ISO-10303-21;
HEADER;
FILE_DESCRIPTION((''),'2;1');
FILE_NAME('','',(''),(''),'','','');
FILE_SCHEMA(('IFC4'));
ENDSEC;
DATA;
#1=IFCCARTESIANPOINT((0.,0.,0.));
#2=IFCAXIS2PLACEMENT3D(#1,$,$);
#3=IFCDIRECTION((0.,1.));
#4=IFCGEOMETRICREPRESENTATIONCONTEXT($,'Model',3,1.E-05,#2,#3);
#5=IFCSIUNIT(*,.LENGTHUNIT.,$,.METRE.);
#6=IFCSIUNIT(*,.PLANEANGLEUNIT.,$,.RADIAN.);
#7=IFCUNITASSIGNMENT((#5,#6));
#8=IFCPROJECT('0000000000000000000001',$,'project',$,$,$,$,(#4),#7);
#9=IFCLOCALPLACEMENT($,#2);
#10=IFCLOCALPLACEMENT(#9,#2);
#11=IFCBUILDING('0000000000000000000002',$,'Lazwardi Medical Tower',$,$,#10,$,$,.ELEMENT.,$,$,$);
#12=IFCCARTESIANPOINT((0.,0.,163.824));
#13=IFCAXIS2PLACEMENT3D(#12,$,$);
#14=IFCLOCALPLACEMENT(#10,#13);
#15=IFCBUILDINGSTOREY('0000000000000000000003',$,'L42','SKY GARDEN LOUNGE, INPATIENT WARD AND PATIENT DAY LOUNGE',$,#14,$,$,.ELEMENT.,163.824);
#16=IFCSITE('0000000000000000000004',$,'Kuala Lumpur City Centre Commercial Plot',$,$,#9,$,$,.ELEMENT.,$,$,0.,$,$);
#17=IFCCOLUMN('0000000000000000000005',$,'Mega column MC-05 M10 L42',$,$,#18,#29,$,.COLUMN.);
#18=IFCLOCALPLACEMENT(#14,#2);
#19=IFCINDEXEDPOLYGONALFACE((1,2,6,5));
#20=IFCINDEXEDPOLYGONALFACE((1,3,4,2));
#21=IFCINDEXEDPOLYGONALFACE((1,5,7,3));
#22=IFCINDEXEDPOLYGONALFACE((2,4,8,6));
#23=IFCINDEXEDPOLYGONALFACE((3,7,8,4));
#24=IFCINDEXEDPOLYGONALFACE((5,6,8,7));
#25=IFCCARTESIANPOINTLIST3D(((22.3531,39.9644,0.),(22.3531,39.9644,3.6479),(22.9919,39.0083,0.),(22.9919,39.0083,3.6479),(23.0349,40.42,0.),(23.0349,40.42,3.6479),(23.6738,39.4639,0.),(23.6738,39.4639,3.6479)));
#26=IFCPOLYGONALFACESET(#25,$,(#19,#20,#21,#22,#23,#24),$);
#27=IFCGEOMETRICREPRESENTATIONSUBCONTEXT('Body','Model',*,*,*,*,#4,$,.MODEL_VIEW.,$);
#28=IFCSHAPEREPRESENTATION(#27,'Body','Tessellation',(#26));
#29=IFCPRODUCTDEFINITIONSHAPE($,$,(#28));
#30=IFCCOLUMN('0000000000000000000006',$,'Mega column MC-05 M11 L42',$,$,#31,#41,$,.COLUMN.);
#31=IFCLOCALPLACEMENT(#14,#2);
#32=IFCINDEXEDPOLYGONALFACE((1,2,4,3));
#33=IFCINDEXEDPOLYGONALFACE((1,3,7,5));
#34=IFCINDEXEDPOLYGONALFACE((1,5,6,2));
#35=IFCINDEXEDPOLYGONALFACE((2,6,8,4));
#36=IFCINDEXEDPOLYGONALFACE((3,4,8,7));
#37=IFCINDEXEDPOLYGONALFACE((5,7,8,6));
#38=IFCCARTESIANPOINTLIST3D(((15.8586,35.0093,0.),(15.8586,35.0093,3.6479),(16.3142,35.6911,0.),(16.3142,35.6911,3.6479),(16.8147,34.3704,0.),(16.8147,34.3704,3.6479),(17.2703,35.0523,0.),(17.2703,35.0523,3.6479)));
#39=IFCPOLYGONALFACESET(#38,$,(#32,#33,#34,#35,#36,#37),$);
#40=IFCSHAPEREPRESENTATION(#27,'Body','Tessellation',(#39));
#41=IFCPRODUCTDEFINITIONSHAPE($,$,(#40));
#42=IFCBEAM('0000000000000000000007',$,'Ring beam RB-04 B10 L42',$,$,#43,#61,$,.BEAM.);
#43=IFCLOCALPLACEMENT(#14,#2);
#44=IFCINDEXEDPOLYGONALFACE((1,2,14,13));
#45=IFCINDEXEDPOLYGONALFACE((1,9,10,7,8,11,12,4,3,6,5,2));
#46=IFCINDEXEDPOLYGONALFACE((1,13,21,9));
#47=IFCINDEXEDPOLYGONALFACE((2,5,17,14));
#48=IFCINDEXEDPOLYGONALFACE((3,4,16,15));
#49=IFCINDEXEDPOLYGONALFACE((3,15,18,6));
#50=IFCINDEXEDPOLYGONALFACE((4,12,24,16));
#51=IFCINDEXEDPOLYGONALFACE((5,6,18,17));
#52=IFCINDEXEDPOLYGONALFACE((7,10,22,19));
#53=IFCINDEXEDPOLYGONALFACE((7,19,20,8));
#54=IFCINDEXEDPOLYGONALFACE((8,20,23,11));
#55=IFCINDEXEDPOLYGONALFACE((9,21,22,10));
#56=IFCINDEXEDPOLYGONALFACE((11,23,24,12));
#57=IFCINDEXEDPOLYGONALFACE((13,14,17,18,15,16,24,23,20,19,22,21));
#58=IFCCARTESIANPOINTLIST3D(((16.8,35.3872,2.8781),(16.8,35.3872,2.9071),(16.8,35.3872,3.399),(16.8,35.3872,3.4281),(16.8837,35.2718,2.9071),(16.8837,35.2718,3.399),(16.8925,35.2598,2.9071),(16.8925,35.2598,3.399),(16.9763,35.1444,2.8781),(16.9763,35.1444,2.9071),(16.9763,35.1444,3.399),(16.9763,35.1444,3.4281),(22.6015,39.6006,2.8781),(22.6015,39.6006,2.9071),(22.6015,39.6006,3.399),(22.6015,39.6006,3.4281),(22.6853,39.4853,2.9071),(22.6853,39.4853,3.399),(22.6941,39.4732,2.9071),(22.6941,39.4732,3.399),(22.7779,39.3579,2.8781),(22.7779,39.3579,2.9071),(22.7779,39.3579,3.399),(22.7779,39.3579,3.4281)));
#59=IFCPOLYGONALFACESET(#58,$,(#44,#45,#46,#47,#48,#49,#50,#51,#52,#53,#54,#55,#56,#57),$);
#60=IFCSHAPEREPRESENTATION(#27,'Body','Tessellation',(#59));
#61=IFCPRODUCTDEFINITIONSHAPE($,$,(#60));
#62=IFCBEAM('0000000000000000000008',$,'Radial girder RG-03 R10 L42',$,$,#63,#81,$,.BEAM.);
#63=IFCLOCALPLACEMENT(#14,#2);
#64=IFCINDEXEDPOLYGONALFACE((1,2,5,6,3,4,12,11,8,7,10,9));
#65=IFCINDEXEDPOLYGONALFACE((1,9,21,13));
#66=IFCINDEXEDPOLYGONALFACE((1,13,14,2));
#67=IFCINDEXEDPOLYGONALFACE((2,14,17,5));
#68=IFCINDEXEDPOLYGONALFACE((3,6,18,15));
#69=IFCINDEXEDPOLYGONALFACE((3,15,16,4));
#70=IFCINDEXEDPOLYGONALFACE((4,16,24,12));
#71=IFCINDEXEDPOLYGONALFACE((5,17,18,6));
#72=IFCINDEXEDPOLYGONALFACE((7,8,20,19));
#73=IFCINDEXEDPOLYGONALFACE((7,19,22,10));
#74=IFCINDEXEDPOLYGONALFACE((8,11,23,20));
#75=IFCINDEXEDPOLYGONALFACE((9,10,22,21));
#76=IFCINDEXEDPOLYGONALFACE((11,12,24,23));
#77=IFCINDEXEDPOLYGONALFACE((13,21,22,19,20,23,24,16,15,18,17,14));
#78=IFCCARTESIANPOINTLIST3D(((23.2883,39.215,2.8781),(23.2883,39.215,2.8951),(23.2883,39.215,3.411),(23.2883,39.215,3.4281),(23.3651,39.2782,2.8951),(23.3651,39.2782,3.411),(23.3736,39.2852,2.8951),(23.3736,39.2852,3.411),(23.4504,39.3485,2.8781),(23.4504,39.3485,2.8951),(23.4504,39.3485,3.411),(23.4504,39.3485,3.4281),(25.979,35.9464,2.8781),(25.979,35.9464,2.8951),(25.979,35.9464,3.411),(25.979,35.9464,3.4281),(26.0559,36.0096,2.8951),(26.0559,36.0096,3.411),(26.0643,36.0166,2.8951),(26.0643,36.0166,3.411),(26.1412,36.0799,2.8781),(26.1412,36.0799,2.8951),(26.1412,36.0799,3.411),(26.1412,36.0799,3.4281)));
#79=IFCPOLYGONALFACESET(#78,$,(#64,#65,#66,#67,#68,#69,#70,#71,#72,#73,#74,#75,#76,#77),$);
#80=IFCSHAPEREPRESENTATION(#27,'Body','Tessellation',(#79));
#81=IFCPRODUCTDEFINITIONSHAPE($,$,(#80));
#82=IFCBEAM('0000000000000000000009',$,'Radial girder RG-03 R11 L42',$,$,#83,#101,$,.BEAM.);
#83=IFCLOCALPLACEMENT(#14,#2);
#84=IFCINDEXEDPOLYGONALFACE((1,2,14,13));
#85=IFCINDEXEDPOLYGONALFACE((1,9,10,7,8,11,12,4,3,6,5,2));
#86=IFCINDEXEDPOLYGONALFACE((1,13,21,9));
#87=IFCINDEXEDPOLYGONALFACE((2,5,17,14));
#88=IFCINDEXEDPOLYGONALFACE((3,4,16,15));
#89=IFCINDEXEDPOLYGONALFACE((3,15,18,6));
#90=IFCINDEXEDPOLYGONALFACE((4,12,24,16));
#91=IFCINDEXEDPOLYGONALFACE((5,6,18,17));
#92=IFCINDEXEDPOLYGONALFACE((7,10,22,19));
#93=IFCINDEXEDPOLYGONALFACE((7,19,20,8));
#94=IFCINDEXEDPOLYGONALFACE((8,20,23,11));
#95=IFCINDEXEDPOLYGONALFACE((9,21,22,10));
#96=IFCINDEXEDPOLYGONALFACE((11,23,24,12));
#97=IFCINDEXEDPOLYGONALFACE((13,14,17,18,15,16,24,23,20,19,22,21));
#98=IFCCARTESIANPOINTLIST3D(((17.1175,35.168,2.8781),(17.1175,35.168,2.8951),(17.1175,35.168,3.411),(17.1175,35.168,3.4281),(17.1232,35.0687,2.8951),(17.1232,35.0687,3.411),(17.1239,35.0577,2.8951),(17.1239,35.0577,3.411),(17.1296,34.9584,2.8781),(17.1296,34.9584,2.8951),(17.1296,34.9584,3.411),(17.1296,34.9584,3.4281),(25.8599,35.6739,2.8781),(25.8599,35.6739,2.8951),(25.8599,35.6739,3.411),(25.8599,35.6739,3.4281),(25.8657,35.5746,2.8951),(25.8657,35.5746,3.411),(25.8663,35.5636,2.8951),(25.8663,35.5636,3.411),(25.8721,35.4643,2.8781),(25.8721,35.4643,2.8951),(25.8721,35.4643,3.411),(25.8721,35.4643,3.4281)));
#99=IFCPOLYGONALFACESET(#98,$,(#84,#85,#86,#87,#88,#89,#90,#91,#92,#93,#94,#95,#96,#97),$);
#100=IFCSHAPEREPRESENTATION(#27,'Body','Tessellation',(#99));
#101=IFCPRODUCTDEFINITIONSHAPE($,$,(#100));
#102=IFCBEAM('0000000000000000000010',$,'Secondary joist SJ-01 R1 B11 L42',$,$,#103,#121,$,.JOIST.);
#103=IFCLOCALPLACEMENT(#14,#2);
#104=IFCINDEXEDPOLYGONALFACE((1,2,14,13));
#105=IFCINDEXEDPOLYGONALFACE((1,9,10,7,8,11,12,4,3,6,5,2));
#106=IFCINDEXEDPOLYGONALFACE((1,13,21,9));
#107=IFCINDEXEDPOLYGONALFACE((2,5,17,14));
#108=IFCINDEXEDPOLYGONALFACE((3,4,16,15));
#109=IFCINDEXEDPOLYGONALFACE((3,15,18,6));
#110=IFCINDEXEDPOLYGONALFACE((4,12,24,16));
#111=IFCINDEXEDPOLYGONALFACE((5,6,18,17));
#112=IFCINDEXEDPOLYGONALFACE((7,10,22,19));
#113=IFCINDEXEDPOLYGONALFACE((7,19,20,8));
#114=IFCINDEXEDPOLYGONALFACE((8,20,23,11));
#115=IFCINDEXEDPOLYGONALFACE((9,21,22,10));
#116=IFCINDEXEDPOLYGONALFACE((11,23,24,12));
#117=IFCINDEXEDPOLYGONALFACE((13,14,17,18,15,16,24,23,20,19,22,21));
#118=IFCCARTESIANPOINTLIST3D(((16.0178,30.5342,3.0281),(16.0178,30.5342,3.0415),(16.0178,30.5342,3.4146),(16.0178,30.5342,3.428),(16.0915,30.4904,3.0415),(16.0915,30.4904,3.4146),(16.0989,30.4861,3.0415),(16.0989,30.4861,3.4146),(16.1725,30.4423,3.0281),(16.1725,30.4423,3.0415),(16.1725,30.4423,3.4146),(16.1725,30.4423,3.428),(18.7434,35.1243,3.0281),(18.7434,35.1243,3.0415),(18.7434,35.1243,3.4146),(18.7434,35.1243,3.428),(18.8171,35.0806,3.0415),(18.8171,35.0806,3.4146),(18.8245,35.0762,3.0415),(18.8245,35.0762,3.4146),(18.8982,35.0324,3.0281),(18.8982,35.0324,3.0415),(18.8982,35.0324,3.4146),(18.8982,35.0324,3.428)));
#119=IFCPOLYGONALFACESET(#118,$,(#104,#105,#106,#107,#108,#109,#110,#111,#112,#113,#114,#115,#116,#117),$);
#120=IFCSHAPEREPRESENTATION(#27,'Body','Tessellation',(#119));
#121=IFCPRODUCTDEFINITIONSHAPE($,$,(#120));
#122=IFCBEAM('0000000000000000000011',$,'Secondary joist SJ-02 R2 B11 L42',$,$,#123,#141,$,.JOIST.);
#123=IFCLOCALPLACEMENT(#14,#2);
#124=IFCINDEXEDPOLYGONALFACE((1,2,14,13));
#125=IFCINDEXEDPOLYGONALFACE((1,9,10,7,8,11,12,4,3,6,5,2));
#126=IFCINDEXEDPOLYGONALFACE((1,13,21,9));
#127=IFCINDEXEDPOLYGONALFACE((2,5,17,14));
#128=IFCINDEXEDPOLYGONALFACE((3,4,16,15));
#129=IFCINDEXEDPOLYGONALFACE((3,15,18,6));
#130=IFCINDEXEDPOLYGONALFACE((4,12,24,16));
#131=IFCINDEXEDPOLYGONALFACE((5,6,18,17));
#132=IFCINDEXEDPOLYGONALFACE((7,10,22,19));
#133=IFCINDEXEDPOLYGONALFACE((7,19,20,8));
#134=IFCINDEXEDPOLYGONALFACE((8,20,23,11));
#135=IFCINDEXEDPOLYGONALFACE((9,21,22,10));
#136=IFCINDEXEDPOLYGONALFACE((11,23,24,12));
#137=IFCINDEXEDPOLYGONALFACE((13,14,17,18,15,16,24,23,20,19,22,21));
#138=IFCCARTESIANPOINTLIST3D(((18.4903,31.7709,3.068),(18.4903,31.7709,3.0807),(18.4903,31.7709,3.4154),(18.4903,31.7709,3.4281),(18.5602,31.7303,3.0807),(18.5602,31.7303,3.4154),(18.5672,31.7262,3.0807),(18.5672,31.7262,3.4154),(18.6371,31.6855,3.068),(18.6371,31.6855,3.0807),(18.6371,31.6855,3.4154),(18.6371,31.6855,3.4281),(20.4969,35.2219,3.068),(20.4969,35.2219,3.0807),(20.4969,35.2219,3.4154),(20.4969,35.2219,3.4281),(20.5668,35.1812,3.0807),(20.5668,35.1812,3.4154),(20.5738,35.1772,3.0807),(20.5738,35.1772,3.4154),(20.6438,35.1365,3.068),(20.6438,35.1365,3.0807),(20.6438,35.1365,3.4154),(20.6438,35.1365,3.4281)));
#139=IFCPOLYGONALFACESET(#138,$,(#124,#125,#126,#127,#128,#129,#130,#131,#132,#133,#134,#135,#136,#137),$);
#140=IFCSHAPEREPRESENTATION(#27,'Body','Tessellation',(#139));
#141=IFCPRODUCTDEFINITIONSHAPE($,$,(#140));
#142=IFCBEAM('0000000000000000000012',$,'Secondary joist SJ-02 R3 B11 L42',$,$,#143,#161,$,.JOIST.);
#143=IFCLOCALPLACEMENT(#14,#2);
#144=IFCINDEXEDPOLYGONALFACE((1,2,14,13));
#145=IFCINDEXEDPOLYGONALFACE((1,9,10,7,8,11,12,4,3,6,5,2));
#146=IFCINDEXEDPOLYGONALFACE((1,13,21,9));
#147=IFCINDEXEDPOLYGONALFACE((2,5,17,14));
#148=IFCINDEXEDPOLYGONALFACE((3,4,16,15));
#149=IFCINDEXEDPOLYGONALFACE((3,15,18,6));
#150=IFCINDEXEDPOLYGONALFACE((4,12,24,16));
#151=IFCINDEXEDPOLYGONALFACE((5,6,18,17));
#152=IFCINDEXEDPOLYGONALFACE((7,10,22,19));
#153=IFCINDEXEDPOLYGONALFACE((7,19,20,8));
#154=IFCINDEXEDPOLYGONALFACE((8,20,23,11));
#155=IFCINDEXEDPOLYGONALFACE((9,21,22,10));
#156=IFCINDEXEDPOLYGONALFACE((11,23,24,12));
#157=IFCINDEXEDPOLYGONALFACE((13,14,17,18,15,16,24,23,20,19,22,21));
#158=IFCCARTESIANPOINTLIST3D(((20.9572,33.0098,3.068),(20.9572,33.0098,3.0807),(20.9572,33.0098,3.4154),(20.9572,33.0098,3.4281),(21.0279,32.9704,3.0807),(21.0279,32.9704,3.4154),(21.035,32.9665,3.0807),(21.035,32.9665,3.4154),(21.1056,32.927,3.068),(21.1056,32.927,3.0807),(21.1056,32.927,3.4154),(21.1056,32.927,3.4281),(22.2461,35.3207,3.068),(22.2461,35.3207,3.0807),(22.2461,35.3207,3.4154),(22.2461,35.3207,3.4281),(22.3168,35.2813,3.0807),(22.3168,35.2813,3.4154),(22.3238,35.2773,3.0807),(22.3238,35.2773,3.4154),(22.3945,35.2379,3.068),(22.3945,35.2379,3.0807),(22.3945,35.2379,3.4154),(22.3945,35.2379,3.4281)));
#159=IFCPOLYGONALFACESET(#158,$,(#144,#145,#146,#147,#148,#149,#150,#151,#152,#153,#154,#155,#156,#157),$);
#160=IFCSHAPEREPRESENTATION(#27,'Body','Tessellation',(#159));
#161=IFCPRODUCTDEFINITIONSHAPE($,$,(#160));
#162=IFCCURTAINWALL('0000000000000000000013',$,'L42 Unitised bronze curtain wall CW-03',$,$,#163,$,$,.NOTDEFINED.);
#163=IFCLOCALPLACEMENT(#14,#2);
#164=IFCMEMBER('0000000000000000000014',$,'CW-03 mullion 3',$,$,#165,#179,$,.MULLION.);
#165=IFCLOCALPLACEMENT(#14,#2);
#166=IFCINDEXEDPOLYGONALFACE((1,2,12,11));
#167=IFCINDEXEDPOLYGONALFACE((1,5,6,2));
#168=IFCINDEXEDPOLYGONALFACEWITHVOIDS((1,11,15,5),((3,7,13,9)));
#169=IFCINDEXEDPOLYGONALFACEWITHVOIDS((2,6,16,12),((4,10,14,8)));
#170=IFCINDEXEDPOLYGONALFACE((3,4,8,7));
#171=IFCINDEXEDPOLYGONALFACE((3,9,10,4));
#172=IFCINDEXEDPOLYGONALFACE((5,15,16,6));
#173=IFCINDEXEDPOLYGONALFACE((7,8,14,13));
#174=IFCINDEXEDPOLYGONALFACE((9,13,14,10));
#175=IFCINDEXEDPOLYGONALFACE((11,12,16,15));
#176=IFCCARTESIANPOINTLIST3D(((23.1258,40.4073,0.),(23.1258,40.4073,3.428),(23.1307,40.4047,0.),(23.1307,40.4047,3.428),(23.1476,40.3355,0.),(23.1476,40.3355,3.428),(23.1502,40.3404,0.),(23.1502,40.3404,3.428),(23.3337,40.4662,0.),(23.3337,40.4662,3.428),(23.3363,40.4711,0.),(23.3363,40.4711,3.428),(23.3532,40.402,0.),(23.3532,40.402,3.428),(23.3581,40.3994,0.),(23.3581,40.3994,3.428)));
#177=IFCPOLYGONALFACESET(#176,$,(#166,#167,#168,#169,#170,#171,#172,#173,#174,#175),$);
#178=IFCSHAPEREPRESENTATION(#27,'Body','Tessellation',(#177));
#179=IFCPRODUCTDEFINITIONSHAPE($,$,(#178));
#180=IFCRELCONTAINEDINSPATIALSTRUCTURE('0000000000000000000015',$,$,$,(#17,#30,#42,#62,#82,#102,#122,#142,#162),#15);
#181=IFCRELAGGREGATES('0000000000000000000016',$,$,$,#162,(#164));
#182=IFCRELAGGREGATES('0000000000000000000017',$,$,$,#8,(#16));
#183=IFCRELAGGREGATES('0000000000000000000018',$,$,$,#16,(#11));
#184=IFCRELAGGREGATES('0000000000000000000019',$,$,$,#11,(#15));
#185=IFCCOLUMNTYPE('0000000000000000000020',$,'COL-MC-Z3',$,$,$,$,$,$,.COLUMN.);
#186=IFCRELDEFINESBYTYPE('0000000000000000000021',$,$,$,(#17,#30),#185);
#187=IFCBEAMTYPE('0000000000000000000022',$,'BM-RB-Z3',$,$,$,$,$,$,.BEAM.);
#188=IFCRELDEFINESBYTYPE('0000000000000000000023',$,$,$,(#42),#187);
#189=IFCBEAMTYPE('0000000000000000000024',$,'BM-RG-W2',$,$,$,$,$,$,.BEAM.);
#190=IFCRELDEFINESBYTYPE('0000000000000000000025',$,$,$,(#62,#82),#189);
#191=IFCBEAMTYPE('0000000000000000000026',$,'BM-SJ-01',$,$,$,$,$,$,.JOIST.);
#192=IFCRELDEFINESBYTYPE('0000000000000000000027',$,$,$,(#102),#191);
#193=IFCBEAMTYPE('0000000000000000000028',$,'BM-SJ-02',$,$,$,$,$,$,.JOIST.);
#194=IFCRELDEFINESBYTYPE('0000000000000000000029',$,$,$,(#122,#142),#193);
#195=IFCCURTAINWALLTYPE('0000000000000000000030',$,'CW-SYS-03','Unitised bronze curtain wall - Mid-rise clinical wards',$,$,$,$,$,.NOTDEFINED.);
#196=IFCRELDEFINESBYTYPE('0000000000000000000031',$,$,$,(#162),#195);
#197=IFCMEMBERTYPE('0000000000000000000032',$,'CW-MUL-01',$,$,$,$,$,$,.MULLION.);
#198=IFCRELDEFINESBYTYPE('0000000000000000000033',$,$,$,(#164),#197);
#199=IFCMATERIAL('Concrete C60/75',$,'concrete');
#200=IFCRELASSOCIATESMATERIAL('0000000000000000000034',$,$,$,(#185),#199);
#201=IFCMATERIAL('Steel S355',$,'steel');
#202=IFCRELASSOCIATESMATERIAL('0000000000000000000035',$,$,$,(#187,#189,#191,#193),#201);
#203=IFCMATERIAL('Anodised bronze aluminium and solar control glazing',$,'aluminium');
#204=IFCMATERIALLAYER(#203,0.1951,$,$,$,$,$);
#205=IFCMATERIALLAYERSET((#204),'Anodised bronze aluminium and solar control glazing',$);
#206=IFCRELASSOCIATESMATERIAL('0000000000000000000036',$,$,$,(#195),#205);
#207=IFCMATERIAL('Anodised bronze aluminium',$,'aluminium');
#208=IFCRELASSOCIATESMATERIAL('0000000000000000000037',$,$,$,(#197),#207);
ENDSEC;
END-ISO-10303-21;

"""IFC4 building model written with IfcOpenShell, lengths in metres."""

from ifc_helpers import new_model, si_unit, direction, frame, origin, origin_2d, place, context, subcontext, project, spatial, rectangle, hollow_rectangle, i_section, extrude, material, layer, layer_set, material_profile, profile_set, type_object, element, aggregate, save


model = new_model("IFC4")

# Units and contexts
model_context = context("Model", 3, precision=1e-05, world=origin(), true_north=direction((0.0, 1.0)))
body_context = subcontext(model_context, "Body", "Model", "MODEL_VIEW")
ifc_project = project(units=[si_unit("LENGTHUNIT", "METRE"), si_unit("PLANEANGLEUNIT", "RADIAN")], contexts=[model_context])

# Site, building, storey
site_placement = place(None, origin())
site = spatial("IfcSite", under=ifc_project, at=site_placement, Name="Kuala Lumpur City Centre Commercial Plot", CompositionType="ELEMENT", RefElevation=0.0)
building_placement = place(site_placement, origin())
building = spatial("IfcBuilding", under=site, at=building_placement, Name="Lazwardi Medical Tower", CompositionType="ELEMENT")
storey_placement = place(building_placement, frame((0.0, 0.0, 163.824)))
storey = spatial("IfcBuildingStorey", under=building, at=storey_placement, Name="L42", Description="SKY GARDEN LOUNGE, INPATIENT WARD AND PATIENT DAY LOUNGE", CompositionType="ELEMENT", Elevation=163.824)

# Columns
ifc_material_1 = material(Name="Concrete C60/75", Category="concrete")
ifc_material_profile_1 = material_profile(ifc_material_1, rectangle(XDim=1.1499, YDim=0.8201, at=origin_2d()), Name="CFT-RECT 1150x820")
ifc_profile_set_1 = profile_set([ifc_material_profile_1], Name="Concrete C60/75")
column_type = type_object("IfcColumnType", Name="COL-MC-Z3", PredefinedType="COLUMN", material=ifc_profile_set_1)
for number, where, z_axis, x_axis, name in (
    (1, (23.0134, 39.7141, 0.0), (0.0, 0.0, 1.0), (-0.55557, 0.83147, 0.0), "Mega column MC-05 M10 L42"),
    (2, (16.5645, 35.0308, 0.0), (0.0, 0.0, 1.0), (-0.83147, 0.55557, 0.0), "Mega column MC-05 M11 L42"),
):
    element("IfcColumn", number, at=place(storey_placement, frame(where, z_axis=z_axis, x_axis=x_axis)), inside=storey, type_object=column_type, Name=name, PredefinedType="COLUMN", context=body_context, shape_type="SweptSolid", body=[
        extrude(rectangle(XDim=1.1499, YDim=0.8201, at=origin_2d()), origin(), (0.0, 0.0, 1.0), 3.6479),
    ])

# Beams
ifc_material_2 = material(Name="Steel S355", Category="steel")
ifc_material_profile_2 = material_profile(ifc_material_2, i_section(OverallWidth=0.3, OverallDepth=0.55, WebThickness=0.0149, FlangeThickness=0.0291, at=origin_2d()), Name="HEB 550")
ifc_profile_set_2 = profile_set([ifc_material_profile_2], Name="Steel S355")
beam_type_1 = type_object("IfcBeamType", Name="BM-RB-Z3", PredefinedType="BEAM", material=ifc_profile_set_2)
beam_1_placement = place(storey_placement, frame((22.6897, 39.4792, 3.1531), z_axis=(-0.809128, -0.587633, 0.0), x_axis=(0.587633, -0.809128, 0.0)))
element("IfcBeam", 3, at=beam_1_placement, inside=storey, type_object=beam_type_1, Name="Ring beam RB-04 B10 L42", PredefinedType="BEAM", context=body_context, shape_type="SweptSolid", body=[
    extrude(i_section(OverallWidth=0.3, OverallDepth=0.55, WebThickness=0.0149, FlangeThickness=0.0291, at=origin_2d()), origin(), (0.0, 0.0, 1.0), 7.1702),
])
ifc_material_profile_3 = material_profile(ifc_material_2, i_section(OverallWidth=0.21, OverallDepth=0.55, WebThickness=0.011, FlangeThickness=0.0171, at=origin_2d()), Name="IPE 550")
ifc_profile_set_3 = profile_set([ifc_material_profile_3], Name="Steel S355")
beam_type_2 = type_object("IfcBeamType", Name="BM-RG-W2", PredefinedType="BEAM", material=ifc_profile_set_3)
beam_2_placement = place(storey_placement, frame((23.3694, 39.2817, 3.1531), z_axis=(0.635556, -0.772055, 0.0), x_axis=(0.772055, 0.635556, 0.0)))
element("IfcBeam", 4, at=beam_2_placement, inside=storey, type_object=beam_type_2, Name="Radial girder RG-03 R10 L42", PredefinedType="BEAM", context=body_context, shape_type="SweptSolid", body=[
    extrude(i_section(OverallWidth=0.21, OverallDepth=0.55, WebThickness=0.011, FlangeThickness=0.0171, at=origin_2d()), origin(), (0.0, 0.0, 1.0), 4.2336),
])
beam_3_placement = place(storey_placement, frame((17.1235, 35.0632, 3.1531), z_axis=(0.99833, 0.057766, 0.0), x_axis=(-0.057766, 0.99833, 0.0)))
element("IfcBeam", 5, at=beam_3_placement, inside=storey, type_object=beam_type_2, Name="Radial girder RG-03 R11 L42", PredefinedType="BEAM", context=body_context, shape_type="SweptSolid", body=[
    extrude(i_section(OverallWidth=0.21, OverallDepth=0.55, WebThickness=0.011, FlangeThickness=0.0171, at=origin_2d()), origin(), (0.0, 0.0, 1.0), 8.7571),
])
ifc_material_profile_4 = material_profile(ifc_material_2, i_section(OverallWidth=0.1799, OverallDepth=0.3999, WebThickness=0.0085, FlangeThickness=0.0134, at=origin_2d()), Name="IPE 400")
ifc_profile_set_4 = profile_set([ifc_material_profile_4], Name="Steel S355")
beam_type_3 = type_object("IfcBeamType", Name="BM-SJ-01", PredefinedType="JOIST", material=ifc_profile_set_4)
beam_4_placement = place(storey_placement, frame((18.8208, 35.0784, 3.228), z_axis=(-0.510569, -0.859837, 0.0), x_axis=(0.859837, -0.510569, 0.0)))
element("IfcBeam", 6, at=beam_4_placement, inside=storey, type_object=beam_type_3, Name="Secondary joist SJ-01 R1 B11 L42", PredefinedType="JOIST", context=body_context, shape_type="SweptSolid", body=[
    extrude(i_section(OverallWidth=0.1799, OverallDepth=0.3999, WebThickness=0.0085, FlangeThickness=0.0134, at=origin_2d()), origin(), (0.0, 0.0, 1.0), 5.3384),
])
ifc_material_profile_5 = material_profile(ifc_material_2, i_section(OverallWidth=0.1699, OverallDepth=0.3601, WebThickness=0.0081, FlangeThickness=0.0127, at=origin_2d()), Name="IPE 360")
ifc_profile_set_5 = profile_set([ifc_material_profile_5], Name="Steel S355")
beam_type_4 = type_object("IfcBeamType", Name="BM-SJ-02", PredefinedType="JOIST", material=ifc_profile_set_5)
beam_5_placement = place(storey_placement, frame((20.5703, 35.1792, 3.248), z_axis=(-0.502665, -0.864481, 0.0), x_axis=(0.864481, -0.502665, 0.0)))
element("IfcBeam", 7, at=beam_5_placement, inside=storey, type_object=beam_type_4, Name="Secondary joist SJ-02 R2 B11 L42", PredefinedType="JOIST", context=body_context, shape_type="SweptSolid", body=[
    extrude(i_section(OverallWidth=0.1699, OverallDepth=0.3601, WebThickness=0.0081, FlangeThickness=0.0127, at=origin_2d()), origin(), (0.0, 0.0, 1.0), 3.9919),
])
beam_6_placement = place(storey_placement, frame((22.3203, 35.2793, 3.248), z_axis=(-0.487099, -0.873347, 0.0), x_axis=(0.873347, -0.487099, 0.0)))
element("IfcBeam", 8, at=beam_6_placement, inside=storey, type_object=beam_type_4, Name="Secondary joist SJ-02 R3 B11 L42", PredefinedType="JOIST", context=body_context, shape_type="SweptSolid", body=[
    extrude(i_section(OverallWidth=0.1699, OverallDepth=0.3601, WebThickness=0.0081, FlangeThickness=0.0127, at=origin_2d()), origin(), (0.0, 0.0, 1.0), 2.646),
])

# Curtain wall, member
ifc_material_3 = material(Name="Anodised bronze aluminium and solar control glazing", Category="aluminium")
ifc_layer_1 = layer(ifc_material_3, 0.1951)
ifc_layer_set_1 = layer_set([ifc_layer_1], Name="Anodised bronze aluminium and solar control glazing")
curtain_wall_type = type_object("IfcCurtainWallType", Name="CW-SYS-03", Description="Unitised bronze curtain wall - Mid-rise clinical wards", PredefinedType="NOTDEFINED", material=ifc_layer_set_1)
curtain_wall_1_placement = place(storey_placement, origin())
curtain_wall_1 = element("IfcCurtainWall", 9, at=curtain_wall_1_placement, inside=storey, type_object=curtain_wall_type, Name="L42 Unitised bronze curtain wall CW-03", PredefinedType="NOTDEFINED")
ifc_material_4 = material(Name="Anodised bronze aluminium", Category="aluminium")
ifc_material_profile_6 = material_profile(ifc_material_4, hollow_rectangle(XDim=0.075, YDim=0.22, WallThickness=0.0039, at=origin_2d()), Name="ALU-MULLION 220x75x4")
ifc_profile_set_6 = profile_set([ifc_material_profile_6], Name="Anodised bronze aluminium")
member_type_1 = type_object("IfcMemberType", Name="CW-MUL-01", PredefinedType="MULLION", material=ifc_profile_set_6)
member_1_placement = place(storey_placement, frame((23.2419, 40.4033, 0.0), z_axis=(0.0, 0.0, 1.0), x_axis=(0.290281, -0.956942, 0.0)))
member_1 = element("IfcMember", 10, at=member_1_placement, type_object=member_type_1, Name="CW-03 mullion 3", PredefinedType="MULLION", context=body_context, shape_type="SweptSolid", body=[
    extrude(hollow_rectangle(XDim=0.075, YDim=0.22, WallThickness=0.0039, at=origin_2d()), origin(), (0.0, 0.0, 1.0), 3.428),
])
aggregate(curtain_wall_1, [member_1])

save(model, "model.ifc")
